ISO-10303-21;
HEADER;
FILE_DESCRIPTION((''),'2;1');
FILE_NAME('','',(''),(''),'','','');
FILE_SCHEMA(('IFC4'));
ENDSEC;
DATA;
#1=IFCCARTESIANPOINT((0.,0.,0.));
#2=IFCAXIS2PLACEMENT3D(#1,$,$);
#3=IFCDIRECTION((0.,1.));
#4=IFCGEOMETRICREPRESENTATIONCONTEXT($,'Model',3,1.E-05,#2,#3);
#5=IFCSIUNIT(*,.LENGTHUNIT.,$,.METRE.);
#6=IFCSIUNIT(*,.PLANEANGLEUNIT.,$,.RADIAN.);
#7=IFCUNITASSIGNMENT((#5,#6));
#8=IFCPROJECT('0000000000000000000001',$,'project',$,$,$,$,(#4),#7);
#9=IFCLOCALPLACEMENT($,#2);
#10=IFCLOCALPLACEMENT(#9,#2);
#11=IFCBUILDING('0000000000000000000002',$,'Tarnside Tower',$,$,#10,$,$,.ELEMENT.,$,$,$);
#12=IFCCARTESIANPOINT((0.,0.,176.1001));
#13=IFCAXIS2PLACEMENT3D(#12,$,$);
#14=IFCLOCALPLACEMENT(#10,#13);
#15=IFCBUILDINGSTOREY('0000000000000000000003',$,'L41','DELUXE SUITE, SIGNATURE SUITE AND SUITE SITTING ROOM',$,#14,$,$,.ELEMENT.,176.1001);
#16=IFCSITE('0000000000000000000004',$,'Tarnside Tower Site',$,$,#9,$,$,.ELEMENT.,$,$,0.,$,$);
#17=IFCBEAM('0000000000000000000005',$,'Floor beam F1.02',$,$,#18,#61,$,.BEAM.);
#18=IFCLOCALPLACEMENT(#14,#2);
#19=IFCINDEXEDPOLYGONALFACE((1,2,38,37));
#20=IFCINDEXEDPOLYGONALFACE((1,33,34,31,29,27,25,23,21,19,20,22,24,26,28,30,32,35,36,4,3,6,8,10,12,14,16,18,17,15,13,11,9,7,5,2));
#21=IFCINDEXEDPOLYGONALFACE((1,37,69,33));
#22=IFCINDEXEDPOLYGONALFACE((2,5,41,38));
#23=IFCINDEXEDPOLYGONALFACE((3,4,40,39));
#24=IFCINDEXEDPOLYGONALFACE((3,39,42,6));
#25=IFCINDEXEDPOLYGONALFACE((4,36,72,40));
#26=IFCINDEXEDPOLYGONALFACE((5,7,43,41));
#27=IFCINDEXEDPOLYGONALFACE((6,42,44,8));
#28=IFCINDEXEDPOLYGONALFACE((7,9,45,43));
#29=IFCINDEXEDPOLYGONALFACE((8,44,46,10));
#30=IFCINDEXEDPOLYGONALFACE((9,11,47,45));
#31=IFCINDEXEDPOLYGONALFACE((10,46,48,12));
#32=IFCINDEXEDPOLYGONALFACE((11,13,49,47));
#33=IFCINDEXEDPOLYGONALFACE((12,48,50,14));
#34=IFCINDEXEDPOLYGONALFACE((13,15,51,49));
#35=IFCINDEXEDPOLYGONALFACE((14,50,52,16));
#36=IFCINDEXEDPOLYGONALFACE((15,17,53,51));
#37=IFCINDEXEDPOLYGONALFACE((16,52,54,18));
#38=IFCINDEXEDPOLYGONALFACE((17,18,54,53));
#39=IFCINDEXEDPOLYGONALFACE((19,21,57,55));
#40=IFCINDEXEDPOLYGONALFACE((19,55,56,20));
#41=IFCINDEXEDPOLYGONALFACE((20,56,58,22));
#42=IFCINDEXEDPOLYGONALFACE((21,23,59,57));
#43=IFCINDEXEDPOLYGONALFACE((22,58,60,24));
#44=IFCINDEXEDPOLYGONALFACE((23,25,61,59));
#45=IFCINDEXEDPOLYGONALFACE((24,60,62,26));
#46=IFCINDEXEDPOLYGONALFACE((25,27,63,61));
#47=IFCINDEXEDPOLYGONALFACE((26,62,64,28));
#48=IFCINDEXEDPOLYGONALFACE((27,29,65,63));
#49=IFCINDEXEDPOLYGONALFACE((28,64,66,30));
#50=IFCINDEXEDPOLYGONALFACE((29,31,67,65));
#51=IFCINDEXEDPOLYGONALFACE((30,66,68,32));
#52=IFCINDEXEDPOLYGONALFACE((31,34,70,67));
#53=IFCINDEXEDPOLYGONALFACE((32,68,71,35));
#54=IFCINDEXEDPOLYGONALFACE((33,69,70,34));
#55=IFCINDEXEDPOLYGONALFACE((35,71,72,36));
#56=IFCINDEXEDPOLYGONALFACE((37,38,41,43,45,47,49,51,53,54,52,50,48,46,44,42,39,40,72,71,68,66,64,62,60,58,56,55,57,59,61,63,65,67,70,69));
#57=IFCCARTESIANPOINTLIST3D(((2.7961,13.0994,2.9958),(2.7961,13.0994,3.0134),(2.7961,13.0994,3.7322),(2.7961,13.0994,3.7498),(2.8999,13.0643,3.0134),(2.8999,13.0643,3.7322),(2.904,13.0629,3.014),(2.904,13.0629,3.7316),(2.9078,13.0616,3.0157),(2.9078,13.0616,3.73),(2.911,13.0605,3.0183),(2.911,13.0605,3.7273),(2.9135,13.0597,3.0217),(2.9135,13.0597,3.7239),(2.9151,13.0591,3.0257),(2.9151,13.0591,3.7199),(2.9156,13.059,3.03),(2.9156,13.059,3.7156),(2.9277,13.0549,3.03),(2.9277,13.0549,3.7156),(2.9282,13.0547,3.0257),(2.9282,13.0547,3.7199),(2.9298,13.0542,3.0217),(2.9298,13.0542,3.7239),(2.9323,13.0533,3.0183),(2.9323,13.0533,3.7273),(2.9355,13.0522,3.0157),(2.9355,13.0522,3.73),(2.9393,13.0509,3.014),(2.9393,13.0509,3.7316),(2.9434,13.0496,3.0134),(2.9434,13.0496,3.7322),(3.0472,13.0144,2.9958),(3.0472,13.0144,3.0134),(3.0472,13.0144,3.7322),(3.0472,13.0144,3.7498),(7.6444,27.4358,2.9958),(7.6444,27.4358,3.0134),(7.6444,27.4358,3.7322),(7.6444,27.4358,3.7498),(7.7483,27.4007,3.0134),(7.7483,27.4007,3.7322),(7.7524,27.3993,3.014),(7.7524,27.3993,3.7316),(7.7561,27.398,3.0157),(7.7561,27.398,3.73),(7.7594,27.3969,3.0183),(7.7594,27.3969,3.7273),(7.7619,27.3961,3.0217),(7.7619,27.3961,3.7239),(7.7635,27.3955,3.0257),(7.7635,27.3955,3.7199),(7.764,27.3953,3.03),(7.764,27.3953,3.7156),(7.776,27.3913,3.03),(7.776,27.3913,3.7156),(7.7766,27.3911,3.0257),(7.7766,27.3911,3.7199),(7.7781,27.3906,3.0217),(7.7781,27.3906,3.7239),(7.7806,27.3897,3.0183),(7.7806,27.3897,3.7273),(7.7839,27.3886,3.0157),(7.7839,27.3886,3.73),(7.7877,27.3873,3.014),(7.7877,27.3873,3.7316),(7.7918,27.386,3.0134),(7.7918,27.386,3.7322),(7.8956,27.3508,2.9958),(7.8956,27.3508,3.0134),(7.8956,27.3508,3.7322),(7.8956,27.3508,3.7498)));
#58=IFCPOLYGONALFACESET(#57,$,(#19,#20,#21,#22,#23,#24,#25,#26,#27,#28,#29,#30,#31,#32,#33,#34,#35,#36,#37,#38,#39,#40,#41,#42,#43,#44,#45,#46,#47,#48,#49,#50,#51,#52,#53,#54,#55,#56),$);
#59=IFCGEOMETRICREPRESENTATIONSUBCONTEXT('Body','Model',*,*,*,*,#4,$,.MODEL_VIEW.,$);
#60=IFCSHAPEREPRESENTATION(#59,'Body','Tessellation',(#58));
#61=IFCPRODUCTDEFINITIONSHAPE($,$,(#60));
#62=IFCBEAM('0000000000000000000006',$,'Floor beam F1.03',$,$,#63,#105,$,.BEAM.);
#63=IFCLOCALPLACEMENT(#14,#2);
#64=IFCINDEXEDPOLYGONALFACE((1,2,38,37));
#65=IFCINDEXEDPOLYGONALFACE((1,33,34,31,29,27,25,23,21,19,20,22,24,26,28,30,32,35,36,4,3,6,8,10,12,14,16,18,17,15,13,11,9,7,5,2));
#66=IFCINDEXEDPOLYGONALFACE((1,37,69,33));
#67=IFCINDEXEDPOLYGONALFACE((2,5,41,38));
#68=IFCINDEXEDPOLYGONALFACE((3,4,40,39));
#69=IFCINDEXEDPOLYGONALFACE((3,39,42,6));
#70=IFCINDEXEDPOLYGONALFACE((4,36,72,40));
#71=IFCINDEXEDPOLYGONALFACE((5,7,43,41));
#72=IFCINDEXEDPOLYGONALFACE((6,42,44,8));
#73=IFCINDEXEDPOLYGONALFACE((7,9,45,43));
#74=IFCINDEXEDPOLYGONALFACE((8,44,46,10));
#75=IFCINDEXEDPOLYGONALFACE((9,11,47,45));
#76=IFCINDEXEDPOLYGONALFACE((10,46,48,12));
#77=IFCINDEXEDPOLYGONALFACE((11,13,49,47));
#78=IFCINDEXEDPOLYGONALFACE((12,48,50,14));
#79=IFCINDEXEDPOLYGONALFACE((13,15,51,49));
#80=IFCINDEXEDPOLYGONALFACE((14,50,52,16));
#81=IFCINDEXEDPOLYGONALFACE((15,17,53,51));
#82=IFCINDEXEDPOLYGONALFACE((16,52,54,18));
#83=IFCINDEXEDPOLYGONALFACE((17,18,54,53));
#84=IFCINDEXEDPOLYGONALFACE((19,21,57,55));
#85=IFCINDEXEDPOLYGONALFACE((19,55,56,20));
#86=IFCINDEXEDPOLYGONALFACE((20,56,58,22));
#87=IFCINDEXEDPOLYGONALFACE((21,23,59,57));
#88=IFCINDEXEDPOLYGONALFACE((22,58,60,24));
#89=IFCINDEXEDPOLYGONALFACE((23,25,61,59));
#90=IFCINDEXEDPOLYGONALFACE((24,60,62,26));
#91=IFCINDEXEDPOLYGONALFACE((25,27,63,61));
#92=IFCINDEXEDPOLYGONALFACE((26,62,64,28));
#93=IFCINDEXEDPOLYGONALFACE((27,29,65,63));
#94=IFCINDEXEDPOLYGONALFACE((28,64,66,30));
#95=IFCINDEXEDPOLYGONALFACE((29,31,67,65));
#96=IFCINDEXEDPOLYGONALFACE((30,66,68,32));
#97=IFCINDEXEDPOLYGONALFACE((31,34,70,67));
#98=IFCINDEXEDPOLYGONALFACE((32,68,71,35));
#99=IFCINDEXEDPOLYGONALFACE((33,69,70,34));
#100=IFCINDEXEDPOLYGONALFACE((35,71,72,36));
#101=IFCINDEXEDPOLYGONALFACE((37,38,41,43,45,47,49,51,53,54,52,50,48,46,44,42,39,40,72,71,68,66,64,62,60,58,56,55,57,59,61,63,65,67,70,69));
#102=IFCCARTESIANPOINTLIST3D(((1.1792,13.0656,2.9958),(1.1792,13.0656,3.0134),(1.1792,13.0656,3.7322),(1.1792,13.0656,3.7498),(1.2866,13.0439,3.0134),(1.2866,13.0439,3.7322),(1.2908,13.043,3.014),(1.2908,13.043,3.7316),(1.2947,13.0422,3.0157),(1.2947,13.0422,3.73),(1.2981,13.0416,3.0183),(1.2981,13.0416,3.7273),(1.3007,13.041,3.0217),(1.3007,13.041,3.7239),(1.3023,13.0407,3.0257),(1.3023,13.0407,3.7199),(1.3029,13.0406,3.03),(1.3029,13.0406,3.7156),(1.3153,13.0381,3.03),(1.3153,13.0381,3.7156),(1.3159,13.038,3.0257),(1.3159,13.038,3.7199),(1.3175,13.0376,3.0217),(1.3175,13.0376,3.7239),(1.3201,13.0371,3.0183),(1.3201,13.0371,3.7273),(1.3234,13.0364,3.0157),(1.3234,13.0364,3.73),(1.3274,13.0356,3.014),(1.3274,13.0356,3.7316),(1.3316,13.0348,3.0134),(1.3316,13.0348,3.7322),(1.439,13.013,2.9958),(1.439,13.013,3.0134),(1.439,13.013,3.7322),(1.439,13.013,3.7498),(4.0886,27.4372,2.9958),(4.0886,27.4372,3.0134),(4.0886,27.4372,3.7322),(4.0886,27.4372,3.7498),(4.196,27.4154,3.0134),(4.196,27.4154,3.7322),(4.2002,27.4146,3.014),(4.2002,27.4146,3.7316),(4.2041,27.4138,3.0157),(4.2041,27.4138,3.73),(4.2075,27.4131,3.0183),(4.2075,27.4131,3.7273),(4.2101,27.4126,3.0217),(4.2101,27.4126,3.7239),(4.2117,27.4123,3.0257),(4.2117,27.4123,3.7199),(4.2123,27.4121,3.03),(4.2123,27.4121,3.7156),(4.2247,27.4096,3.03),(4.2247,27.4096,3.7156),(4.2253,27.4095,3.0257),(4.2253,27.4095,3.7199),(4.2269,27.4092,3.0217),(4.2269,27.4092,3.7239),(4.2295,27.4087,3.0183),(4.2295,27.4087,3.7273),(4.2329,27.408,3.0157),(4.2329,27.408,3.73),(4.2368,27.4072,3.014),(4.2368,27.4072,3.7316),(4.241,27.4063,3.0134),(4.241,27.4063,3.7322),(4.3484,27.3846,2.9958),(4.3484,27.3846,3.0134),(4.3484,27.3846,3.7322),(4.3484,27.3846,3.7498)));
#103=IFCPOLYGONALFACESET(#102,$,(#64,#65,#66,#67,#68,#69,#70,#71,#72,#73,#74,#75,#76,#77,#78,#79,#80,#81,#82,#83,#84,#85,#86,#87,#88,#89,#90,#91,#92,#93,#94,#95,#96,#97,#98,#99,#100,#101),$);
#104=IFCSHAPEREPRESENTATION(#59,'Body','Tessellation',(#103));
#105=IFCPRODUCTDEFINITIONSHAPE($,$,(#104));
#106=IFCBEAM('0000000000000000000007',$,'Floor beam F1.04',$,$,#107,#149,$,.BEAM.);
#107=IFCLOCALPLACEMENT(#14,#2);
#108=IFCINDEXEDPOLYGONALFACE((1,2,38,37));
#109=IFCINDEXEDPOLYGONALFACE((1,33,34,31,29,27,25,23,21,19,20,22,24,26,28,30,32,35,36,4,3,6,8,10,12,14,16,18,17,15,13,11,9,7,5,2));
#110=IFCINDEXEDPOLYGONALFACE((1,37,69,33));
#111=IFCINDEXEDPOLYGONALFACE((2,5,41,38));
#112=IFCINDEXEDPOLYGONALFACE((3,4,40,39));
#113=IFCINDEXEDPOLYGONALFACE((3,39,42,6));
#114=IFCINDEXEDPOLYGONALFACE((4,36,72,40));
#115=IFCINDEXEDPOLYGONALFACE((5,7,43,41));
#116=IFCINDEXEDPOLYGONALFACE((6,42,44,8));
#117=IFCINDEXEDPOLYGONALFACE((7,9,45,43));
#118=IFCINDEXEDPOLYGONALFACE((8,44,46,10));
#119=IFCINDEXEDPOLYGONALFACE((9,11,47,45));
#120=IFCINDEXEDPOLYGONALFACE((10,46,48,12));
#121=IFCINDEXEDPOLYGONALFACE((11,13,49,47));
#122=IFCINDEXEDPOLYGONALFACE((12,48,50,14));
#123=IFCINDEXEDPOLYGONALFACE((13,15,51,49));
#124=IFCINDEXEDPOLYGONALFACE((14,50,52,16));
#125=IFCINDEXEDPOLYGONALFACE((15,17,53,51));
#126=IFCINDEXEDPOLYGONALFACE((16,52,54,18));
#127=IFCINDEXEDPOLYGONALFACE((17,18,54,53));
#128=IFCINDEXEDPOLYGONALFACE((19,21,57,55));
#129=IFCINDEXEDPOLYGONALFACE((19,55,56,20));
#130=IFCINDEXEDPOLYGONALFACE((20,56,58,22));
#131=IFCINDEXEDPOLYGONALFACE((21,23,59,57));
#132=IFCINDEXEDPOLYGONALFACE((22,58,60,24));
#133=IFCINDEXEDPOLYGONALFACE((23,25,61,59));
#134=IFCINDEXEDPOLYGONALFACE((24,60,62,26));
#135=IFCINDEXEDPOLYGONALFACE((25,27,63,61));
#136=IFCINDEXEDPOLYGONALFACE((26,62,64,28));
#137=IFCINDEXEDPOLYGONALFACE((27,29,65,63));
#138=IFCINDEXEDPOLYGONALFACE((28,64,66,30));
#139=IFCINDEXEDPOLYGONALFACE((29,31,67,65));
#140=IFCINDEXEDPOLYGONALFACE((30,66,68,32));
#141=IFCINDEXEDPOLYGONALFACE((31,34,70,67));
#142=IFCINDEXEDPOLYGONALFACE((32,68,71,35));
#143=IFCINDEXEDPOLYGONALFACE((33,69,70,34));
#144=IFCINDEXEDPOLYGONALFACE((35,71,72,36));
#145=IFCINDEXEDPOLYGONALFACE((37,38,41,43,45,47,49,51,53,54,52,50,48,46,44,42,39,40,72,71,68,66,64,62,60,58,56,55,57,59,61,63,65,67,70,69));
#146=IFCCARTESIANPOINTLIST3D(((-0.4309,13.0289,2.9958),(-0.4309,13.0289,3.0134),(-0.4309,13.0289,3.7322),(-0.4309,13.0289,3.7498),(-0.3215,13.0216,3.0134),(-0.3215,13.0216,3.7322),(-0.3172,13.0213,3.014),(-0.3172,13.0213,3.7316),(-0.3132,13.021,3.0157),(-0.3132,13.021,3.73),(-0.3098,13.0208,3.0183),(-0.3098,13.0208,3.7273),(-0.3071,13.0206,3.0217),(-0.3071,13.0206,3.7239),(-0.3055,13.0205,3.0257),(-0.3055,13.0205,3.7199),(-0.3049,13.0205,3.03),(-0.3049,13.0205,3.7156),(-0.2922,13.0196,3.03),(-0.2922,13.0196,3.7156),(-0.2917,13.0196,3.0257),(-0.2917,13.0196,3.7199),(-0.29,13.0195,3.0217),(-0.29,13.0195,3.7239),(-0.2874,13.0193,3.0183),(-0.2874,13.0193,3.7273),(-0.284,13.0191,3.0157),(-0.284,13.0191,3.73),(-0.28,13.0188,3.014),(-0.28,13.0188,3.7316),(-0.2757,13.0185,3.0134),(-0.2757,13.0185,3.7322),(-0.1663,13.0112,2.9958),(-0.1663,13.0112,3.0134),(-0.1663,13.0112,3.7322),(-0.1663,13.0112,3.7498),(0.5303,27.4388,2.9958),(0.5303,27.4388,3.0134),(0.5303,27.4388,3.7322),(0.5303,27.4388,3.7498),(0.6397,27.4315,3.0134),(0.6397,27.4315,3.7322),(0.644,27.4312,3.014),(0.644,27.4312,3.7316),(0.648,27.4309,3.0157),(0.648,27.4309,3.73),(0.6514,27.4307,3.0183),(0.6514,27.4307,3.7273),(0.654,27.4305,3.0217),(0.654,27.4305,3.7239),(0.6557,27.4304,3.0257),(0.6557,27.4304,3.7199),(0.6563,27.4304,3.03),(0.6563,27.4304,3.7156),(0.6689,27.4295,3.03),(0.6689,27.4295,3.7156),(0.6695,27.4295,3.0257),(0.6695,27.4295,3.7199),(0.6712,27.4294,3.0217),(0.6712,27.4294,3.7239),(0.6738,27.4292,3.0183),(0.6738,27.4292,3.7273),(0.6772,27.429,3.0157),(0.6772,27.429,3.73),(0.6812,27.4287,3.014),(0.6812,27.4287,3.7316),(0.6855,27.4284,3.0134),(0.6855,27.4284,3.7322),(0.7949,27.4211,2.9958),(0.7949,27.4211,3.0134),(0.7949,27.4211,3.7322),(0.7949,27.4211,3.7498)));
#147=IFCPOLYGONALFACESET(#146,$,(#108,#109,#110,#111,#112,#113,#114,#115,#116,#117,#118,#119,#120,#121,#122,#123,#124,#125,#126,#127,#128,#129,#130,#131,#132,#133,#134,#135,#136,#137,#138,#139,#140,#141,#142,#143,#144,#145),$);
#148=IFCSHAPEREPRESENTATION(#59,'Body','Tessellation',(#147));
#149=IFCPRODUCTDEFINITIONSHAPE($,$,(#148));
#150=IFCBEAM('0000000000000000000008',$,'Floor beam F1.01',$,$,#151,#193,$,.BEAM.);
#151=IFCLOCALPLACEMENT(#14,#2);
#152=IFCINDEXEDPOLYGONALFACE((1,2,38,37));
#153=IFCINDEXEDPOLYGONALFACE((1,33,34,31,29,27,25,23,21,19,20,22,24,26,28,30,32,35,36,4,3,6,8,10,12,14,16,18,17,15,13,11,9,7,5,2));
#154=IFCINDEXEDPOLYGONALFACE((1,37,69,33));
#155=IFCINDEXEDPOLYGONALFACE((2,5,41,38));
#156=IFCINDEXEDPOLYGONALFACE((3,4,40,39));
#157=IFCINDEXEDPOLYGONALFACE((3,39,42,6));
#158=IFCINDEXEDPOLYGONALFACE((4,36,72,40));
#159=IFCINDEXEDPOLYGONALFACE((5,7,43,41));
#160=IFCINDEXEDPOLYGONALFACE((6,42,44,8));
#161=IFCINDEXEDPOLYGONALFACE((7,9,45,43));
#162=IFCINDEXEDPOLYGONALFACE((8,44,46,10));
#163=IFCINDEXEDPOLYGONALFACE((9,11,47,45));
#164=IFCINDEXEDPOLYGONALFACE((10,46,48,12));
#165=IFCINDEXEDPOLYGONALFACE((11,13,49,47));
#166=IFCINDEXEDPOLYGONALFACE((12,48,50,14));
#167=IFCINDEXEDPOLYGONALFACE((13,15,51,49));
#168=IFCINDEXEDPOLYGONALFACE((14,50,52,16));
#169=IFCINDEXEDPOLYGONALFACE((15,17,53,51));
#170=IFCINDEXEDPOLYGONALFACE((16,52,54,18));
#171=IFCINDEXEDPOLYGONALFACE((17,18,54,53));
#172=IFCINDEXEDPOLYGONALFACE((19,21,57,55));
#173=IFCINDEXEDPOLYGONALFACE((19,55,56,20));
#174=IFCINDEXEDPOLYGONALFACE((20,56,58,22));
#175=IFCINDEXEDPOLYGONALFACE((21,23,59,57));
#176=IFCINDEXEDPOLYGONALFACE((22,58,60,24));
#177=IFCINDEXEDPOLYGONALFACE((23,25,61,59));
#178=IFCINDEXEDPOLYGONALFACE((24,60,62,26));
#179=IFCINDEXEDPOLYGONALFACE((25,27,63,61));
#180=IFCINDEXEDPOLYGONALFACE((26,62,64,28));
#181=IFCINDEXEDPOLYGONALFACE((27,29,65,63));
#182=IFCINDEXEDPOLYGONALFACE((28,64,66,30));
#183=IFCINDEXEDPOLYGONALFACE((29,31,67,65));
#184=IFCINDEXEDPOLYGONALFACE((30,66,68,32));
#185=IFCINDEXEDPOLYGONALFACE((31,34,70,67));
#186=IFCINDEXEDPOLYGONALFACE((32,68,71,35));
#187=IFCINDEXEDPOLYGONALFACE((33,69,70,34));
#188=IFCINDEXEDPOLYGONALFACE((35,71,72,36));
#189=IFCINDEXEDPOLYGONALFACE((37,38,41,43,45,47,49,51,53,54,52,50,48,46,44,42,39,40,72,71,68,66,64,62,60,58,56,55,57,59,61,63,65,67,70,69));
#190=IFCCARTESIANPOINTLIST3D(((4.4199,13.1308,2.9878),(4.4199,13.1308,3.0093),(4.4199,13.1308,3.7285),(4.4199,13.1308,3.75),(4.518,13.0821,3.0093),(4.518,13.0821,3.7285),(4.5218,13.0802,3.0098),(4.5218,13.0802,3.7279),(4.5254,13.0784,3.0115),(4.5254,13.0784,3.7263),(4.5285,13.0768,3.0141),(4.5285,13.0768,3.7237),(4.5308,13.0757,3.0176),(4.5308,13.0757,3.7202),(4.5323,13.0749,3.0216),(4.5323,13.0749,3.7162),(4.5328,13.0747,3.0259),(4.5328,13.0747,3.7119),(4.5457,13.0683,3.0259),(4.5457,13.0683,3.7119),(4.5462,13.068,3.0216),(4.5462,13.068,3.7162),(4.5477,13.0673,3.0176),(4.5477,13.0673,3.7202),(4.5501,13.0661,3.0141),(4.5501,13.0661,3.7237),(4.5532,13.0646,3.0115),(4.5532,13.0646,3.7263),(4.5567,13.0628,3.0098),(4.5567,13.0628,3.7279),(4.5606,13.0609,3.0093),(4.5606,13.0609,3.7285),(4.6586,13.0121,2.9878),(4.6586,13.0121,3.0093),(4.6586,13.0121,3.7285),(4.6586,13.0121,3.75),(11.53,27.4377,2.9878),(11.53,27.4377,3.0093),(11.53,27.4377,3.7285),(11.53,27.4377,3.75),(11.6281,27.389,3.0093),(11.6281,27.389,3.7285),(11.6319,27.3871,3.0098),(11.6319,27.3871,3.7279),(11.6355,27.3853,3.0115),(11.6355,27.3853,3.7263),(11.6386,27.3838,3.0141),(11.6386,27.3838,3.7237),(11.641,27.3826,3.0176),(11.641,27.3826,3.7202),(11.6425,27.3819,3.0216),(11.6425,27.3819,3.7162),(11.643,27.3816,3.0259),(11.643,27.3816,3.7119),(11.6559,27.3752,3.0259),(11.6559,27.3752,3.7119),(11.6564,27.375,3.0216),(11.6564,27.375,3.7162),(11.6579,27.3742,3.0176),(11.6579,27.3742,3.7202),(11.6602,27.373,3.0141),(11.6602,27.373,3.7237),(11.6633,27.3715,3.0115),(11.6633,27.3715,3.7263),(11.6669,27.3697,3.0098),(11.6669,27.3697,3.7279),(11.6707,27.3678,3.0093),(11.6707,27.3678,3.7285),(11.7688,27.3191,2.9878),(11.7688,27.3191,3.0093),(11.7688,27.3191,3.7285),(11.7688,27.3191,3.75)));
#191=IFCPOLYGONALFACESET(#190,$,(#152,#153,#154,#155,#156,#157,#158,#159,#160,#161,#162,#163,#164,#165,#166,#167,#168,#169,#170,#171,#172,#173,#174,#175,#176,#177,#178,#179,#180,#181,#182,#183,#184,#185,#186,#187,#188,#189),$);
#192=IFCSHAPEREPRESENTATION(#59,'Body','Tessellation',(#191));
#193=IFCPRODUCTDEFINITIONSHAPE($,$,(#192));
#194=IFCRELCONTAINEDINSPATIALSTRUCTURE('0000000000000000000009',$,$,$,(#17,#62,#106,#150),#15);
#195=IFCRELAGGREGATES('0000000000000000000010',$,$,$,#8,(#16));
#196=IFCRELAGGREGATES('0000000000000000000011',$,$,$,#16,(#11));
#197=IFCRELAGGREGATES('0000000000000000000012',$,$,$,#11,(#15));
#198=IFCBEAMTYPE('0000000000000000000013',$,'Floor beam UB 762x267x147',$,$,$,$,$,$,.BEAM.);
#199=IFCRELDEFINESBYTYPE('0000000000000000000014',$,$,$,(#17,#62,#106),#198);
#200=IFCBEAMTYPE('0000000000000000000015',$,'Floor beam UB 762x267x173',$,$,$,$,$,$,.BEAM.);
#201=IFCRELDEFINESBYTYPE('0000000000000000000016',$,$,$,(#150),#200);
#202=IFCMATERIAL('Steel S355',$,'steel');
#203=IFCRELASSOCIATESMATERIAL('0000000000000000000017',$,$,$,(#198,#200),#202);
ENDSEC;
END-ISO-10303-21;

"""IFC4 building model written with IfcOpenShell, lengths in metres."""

from ifc_helpers import new_model, si_unit, direction, frame, origin, origin_2d, place, context, subcontext, project, spatial, i_section, extrude, material, material_profile, profile_set, type_object, element, save


model = new_model("IFC4")

# Units and contexts
model_context = context("Model", 3, precision=1e-05, world=origin(), true_north=direction((0.0, 1.0)))
body_context = subcontext(model_context, "Body", "Model", "MODEL_VIEW")
ifc_project = project(units=[si_unit("LENGTHUNIT", "METRE"), si_unit("PLANEANGLEUNIT", "RADIAN")], contexts=[model_context])

# Site, building, storey
site_placement = place(None, origin())
site = spatial("IfcSite", under=ifc_project, at=site_placement, Name="Tarnside Tower Site", CompositionType="ELEMENT", RefElevation=0.0)
building_placement = place(site_placement, origin())
building = spatial("IfcBuilding", under=site, at=building_placement, Name="Tarnside Tower", CompositionType="ELEMENT")
storey_placement = place(building_placement, frame((0.0, 0.0, 176.1001)))
storey = spatial("IfcBuildingStorey", under=building, at=storey_placement, Name="L41", Description="DELUXE SUITE, SIGNATURE SUITE AND SUITE SITTING ROOM", CompositionType="ELEMENT", Elevation=176.1001)

# Beams
ifc_material_1 = material(Name="Steel S355", Category="steel")
ifc_material_profile_1 = material_profile(ifc_material_1, i_section(OverallWidth=0.2651, OverallDepth=0.7539, WebThickness=0.0127, FlangeThickness=0.0176, FilletRadius=0.0166, at=origin_2d()), Name="UB 762x267x147")
ifc_profile_set_1 = profile_set([ifc_material_profile_1], Name="Steel S355")
beam_type_1 = type_object("IfcBeamType", Name="Floor beam UB 762x267x147", PredefinedType="BEAM", material=ifc_profile_set_1)
beam_1_placement = place(storey_placement, frame((7.77, 27.3933, 3.3728), z_axis=(-0.320363, -0.947295, 0.0), x_axis=(0.947295, -0.320363, 0.0)))
element("IfcBeam", 1, at=beam_1_placement, inside=storey, type_object=beam_type_1, Name="Floor beam F1.02", PredefinedType="BEAM", context=body_context, shape_type="SweptSolid", body=[
    extrude(i_section(OverallWidth=0.2651, OverallDepth=0.7539, WebThickness=0.0127, FlangeThickness=0.0176, FilletRadius=0.0166, at=origin_2d()), origin(), (0.0, 0.0, 1.0), 15.134),
])
beam_2_placement = place(storey_placement, frame((4.2185, 27.4109, 3.3728), z_axis=(-0.198418, -0.980118, 0.0), x_axis=(0.980118, -0.198418, 0.0)))
element("IfcBeam", 2, at=beam_2_placement, inside=storey, type_object=beam_type_1, Name="Floor beam F1.03", PredefinedType="BEAM", context=body_context, shape_type="SweptSolid", body=[
    extrude(i_section(OverallWidth=0.2651, OverallDepth=0.7539, WebThickness=0.0127, FlangeThickness=0.0176, FilletRadius=0.0166, at=origin_2d()), origin(), (0.0, 0.0, 1.0), 14.6631),
])
beam_3_placement = place(storey_placement, frame((0.6626, 27.4299, 3.3728), z_axis=(-0.066555, -0.997783, 0.0), x_axis=(0.997783, -0.066555, 0.0)))
element("IfcBeam", 3, at=beam_3_placement, inside=storey, type_object=beam_type_1, Name="Floor beam F1.04", PredefinedType="BEAM", context=body_context, shape_type="SweptSolid", body=[
    extrude(i_section(OverallWidth=0.2651, OverallDepth=0.7539, WebThickness=0.0127, FlangeThickness=0.0176, FilletRadius=0.0166, at=origin_2d()), origin(), (0.0, 0.0, 1.0), 14.4419),
])
ifc_material_profile_2 = material_profile(ifc_material_1, i_section(OverallWidth=0.2666, OverallDepth=0.7622, WebThickness=0.0144, FlangeThickness=0.0215, FilletRadius=0.0166, at=origin_2d()), Name="UB 762x267x173")
ifc_profile_set_2 = profile_set([ifc_material_profile_2], Name="Steel S355")
beam_type_2 = type_object("IfcBeamType", Name="Floor beam UB 762x267x173", PredefinedType="BEAM", material=ifc_profile_set_2)
beam_4_placement = place(storey_placement, frame((11.6494, 27.3784, 3.3689), z_axis=(-0.445042, -0.89551, 0.0), x_axis=(0.89551, -0.445042, 0.0)))
element("IfcBeam", 4, at=beam_4_placement, inside=storey, type_object=beam_type_2, Name="Floor beam F1.01", PredefinedType="BEAM", context=body_context, shape_type="SweptSolid", body=[
    extrude(i_section(OverallWidth=0.2666, OverallDepth=0.7622, WebThickness=0.0144, FlangeThickness=0.0215, FilletRadius=0.0166, at=origin_2d()), origin(), (0.0, 0.0, 1.0), 15.9763),
])

save(model, "model.ifc")
